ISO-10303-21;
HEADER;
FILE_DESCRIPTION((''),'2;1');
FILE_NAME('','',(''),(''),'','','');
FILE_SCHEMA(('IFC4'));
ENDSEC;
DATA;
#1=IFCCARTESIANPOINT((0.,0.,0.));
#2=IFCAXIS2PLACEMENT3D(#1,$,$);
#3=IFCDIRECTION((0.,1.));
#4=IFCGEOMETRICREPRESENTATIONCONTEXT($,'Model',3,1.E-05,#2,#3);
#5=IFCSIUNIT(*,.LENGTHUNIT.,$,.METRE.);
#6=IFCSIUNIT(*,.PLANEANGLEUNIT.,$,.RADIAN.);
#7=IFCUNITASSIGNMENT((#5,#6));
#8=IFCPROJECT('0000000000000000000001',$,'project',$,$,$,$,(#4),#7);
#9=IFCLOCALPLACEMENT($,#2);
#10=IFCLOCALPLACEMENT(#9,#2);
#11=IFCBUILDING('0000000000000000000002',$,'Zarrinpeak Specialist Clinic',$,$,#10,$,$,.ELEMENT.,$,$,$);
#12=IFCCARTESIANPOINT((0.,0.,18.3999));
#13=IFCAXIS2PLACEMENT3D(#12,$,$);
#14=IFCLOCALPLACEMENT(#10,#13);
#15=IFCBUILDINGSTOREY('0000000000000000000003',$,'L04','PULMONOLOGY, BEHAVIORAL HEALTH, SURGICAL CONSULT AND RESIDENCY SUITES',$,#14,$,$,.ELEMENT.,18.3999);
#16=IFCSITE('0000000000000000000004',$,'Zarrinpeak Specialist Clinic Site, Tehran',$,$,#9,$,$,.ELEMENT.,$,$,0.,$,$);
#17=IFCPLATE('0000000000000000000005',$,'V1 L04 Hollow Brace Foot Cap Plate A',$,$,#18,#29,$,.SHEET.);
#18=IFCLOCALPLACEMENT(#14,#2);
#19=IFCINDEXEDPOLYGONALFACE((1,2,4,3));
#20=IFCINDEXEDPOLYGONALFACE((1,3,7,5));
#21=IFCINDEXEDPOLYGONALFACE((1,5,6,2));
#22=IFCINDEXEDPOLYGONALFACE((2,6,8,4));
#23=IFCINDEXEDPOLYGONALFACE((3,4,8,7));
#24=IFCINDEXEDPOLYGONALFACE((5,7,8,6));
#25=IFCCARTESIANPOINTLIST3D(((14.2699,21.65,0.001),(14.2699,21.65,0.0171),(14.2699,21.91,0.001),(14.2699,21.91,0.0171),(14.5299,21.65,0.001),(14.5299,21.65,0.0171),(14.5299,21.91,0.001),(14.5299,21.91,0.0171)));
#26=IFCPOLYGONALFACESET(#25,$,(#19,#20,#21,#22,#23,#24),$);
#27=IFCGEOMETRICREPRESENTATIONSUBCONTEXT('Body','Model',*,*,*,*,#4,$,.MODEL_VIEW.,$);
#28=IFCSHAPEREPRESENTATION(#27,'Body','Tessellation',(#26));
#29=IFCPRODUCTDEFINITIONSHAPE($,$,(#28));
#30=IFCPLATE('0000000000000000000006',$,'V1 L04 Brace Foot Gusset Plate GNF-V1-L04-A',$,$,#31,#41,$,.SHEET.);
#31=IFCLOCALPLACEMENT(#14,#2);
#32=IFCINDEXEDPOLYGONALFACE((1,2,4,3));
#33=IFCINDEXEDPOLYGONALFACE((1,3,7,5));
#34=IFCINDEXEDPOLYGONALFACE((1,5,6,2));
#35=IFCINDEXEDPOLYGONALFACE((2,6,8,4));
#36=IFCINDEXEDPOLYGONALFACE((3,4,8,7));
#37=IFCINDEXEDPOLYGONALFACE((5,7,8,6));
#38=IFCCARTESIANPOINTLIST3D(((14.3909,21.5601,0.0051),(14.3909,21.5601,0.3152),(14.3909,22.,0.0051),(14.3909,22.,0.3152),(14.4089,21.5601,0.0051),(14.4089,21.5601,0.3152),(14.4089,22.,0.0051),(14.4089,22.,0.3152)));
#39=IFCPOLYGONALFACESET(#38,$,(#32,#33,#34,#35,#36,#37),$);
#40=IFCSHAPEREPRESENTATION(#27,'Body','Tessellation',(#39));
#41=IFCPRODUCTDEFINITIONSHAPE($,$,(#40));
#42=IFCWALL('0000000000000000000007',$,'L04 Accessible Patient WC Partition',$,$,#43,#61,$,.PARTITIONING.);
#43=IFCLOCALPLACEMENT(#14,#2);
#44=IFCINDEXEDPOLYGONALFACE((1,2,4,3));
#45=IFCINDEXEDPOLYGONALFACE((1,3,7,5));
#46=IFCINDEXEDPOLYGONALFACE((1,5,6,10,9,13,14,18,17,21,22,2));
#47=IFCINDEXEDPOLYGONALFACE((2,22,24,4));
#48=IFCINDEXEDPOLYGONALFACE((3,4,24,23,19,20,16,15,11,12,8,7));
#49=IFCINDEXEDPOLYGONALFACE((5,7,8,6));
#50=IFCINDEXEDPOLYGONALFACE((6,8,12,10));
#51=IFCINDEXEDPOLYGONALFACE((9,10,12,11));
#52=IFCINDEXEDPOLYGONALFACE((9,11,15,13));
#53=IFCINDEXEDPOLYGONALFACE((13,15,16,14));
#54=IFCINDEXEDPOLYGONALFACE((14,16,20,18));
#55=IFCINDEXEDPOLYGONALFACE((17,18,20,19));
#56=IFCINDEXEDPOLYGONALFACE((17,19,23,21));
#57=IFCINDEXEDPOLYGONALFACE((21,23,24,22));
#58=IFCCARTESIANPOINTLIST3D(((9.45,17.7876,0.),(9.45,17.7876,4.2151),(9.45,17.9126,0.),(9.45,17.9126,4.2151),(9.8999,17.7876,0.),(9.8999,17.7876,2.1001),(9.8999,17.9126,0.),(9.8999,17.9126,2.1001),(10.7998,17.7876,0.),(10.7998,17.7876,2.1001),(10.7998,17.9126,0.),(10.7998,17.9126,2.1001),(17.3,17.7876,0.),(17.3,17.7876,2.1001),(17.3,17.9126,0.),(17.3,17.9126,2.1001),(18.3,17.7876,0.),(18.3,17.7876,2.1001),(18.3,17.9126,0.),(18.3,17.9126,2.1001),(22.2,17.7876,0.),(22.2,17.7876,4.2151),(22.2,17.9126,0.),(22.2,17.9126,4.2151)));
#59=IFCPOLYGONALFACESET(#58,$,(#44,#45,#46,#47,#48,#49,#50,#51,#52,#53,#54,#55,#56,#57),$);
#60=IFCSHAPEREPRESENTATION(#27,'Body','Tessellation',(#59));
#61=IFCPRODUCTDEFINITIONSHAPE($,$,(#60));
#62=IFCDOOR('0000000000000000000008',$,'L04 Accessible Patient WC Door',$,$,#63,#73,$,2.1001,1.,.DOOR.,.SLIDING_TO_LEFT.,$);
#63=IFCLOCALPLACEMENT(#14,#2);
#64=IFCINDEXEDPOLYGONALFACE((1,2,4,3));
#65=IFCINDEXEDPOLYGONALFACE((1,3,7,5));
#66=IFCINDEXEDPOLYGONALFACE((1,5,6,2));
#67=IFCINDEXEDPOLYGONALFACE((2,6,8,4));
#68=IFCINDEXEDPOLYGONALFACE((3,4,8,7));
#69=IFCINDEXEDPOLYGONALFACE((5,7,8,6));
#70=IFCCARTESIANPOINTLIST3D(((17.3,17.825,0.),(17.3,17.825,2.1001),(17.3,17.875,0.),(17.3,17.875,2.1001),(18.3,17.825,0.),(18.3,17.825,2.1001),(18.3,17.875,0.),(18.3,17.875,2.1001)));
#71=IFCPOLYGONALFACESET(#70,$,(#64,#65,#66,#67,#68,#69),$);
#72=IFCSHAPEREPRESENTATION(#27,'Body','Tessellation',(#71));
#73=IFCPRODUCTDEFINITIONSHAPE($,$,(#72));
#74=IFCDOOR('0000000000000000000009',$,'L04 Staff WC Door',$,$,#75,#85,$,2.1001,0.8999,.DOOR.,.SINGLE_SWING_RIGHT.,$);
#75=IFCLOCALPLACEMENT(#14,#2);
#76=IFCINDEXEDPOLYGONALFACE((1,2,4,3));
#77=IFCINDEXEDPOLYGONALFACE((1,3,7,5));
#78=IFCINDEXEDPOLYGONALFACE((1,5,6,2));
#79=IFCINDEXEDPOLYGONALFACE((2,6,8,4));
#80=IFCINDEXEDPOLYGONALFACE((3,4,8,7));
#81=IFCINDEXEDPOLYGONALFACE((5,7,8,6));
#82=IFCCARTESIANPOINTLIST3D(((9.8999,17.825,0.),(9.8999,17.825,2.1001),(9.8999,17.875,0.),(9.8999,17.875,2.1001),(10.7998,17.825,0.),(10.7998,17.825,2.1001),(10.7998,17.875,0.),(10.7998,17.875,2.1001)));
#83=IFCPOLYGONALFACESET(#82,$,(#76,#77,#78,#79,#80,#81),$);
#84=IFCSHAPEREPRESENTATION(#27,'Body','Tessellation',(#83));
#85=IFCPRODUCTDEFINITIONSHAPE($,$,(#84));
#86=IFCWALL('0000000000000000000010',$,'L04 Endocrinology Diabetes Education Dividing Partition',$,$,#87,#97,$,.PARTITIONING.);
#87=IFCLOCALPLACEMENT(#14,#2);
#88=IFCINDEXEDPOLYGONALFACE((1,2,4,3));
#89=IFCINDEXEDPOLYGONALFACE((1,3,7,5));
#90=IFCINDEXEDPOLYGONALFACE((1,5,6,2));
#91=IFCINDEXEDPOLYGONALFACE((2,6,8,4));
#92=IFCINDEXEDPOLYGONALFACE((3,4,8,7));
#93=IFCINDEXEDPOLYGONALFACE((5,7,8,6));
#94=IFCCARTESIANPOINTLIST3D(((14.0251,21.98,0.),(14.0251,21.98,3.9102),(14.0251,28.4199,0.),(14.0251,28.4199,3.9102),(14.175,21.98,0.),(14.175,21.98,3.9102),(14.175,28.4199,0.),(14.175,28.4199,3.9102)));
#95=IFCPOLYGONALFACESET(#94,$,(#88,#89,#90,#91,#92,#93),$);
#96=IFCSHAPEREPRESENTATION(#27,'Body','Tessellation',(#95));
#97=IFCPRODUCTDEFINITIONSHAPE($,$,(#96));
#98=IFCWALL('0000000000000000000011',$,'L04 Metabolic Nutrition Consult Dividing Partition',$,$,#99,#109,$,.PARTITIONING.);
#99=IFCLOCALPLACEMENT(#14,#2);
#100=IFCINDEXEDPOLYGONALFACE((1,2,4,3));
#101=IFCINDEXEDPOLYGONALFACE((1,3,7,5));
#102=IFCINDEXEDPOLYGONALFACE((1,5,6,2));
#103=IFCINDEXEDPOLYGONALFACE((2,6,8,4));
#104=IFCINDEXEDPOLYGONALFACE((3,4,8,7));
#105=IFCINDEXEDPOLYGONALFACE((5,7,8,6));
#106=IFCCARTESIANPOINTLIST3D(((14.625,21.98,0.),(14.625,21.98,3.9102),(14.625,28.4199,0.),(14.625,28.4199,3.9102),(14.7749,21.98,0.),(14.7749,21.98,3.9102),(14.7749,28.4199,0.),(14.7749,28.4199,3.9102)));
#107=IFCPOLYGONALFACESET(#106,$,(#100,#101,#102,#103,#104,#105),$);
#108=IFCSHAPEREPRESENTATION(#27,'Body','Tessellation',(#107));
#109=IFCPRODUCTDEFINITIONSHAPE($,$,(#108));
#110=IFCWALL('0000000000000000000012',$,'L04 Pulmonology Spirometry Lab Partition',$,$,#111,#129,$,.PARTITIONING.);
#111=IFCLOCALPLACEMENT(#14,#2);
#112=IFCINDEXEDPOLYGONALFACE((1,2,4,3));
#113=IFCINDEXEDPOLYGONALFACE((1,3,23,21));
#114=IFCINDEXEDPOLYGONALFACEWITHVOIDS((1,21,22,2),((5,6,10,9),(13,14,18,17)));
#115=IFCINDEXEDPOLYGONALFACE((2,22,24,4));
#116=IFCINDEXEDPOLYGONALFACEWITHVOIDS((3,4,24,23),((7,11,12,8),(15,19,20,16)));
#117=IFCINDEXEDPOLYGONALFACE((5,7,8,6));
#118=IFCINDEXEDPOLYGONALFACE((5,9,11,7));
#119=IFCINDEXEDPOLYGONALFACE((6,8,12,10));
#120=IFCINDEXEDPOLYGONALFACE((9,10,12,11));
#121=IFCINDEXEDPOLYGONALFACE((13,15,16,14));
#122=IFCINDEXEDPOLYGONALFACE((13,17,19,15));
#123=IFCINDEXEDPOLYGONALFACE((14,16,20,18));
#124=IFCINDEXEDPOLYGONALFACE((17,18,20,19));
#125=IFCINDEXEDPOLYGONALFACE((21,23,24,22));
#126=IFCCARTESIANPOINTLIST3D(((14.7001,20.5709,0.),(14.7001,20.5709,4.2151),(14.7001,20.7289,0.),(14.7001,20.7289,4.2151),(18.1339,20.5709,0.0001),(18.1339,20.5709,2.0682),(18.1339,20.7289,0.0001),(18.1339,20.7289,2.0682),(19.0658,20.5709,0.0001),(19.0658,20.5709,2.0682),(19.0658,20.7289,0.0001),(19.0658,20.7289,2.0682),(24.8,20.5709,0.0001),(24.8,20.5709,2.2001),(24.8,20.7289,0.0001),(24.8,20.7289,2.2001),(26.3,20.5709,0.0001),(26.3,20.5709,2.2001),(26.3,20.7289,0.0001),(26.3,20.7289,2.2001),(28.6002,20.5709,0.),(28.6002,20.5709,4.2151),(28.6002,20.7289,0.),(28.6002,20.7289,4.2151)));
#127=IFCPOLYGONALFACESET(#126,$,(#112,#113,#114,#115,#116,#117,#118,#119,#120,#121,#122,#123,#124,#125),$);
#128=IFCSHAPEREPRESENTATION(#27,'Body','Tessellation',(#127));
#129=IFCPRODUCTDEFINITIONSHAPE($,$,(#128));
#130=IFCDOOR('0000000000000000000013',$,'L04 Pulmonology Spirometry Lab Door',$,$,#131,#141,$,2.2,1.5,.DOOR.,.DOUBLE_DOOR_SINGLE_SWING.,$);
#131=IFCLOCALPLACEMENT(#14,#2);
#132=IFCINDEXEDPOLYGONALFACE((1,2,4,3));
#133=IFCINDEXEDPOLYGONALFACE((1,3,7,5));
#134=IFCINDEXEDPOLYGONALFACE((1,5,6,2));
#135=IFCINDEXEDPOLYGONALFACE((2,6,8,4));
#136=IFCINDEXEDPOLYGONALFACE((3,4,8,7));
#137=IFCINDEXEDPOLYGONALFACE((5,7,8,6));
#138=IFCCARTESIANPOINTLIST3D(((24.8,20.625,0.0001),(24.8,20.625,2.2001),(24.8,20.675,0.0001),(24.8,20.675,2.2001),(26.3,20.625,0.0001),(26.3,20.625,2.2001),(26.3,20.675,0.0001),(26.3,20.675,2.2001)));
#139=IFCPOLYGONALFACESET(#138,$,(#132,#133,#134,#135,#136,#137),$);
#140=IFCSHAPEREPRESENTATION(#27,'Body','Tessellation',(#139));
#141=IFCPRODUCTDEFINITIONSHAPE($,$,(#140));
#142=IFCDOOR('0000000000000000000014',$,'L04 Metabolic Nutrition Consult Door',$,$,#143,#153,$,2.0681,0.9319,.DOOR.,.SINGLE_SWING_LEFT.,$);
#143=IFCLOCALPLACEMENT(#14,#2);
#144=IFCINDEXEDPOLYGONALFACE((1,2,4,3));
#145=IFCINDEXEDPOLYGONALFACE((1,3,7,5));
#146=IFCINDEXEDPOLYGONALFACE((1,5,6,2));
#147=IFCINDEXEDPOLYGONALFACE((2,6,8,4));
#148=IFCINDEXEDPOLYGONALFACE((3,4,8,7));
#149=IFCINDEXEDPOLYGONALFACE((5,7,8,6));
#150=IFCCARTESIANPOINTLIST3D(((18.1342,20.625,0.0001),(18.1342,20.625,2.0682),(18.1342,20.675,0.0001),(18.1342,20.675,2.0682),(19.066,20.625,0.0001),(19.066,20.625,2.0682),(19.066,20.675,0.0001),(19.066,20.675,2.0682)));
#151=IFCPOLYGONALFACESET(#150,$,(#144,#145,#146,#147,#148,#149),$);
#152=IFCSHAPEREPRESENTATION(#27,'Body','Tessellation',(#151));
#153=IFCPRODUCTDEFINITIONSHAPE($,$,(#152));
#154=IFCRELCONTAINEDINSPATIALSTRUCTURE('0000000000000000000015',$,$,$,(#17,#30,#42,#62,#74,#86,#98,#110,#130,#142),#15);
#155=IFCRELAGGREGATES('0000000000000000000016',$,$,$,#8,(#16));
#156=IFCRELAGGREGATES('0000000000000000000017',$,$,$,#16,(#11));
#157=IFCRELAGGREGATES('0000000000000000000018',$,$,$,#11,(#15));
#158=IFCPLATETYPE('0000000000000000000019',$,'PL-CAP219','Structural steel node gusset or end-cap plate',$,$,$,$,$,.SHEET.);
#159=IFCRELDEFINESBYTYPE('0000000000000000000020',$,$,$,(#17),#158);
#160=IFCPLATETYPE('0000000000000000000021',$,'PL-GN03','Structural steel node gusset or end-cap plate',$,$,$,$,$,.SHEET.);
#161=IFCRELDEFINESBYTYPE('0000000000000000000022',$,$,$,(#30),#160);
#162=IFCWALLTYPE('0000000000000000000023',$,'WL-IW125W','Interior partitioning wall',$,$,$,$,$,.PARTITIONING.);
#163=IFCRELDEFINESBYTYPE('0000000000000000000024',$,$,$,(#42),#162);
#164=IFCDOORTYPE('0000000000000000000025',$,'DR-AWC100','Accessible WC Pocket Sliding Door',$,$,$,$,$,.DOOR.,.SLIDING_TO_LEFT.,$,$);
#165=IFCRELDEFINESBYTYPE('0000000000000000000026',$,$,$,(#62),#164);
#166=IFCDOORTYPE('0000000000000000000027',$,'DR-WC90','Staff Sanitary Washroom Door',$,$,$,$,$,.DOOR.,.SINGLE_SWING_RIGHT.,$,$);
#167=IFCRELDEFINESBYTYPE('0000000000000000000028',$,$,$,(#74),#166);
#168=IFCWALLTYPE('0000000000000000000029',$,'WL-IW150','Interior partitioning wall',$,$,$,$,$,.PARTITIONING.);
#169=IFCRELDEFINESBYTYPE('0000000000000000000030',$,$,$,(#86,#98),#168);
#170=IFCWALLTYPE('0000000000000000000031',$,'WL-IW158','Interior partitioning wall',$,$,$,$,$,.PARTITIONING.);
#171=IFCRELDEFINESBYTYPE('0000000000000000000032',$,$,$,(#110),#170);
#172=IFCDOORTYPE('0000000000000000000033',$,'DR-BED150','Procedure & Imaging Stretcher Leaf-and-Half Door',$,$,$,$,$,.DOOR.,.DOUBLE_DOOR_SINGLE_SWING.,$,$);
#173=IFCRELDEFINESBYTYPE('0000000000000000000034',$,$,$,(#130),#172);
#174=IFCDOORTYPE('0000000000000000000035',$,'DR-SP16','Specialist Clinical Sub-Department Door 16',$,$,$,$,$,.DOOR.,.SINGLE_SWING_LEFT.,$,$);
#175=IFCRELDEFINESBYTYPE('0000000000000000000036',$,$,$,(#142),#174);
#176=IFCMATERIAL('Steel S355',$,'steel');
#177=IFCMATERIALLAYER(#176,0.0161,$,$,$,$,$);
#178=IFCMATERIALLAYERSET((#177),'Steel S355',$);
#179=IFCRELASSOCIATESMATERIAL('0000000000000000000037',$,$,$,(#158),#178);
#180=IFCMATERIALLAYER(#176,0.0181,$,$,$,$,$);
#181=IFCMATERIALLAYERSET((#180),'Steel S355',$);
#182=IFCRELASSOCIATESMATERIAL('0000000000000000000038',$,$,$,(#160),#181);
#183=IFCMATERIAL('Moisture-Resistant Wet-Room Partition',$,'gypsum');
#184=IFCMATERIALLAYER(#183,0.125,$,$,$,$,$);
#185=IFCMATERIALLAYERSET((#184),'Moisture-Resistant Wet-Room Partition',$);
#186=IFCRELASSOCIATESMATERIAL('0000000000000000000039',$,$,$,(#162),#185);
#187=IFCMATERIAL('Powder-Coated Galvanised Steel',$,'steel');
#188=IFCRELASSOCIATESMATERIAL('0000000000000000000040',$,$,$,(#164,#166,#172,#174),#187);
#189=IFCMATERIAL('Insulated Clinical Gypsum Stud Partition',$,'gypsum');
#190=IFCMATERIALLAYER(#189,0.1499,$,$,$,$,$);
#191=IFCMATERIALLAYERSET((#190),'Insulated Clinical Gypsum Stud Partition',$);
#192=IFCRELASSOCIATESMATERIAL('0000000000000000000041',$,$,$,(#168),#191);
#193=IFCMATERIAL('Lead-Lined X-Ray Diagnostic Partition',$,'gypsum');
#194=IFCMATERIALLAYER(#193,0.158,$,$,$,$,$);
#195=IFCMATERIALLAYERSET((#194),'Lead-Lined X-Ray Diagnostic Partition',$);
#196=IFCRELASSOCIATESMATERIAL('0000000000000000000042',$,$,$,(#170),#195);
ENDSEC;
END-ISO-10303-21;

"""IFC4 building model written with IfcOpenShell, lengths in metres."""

from ifc_helpers import new_model, si_unit, direction, frame, frame_2d, origin, origin_2d, place, context, subcontext, project, spatial, rectangle, extrude, material, layer, layer_set, type_object, element, fill, save


model = new_model("IFC4")

# Units and contexts
model_context = context("Model", 3, precision=1e-05, world=origin(), true_north=direction((0.0, 1.0)))
body_context = subcontext(model_context, "Body", "Model", "MODEL_VIEW")
ifc_project = project(units=[si_unit("LENGTHUNIT", "METRE"), si_unit("PLANEANGLEUNIT", "RADIAN")], contexts=[model_context])

# Site, building, storey
site_placement = place(None, origin())
site = spatial("IfcSite", under=ifc_project, at=site_placement, Name="Zarrinpeak Specialist Clinic Site, Tehran", CompositionType="ELEMENT", RefElevation=0.0)
building_placement = place(site_placement, origin())
building = spatial("IfcBuilding", under=site, at=building_placement, Name="Zarrinpeak Specialist Clinic", CompositionType="ELEMENT")
storey_placement = place(building_placement, frame((0.0, 0.0, 18.3999)))
storey = spatial("IfcBuildingStorey", under=building, at=storey_placement, Name="L04", Description="PULMONOLOGY, BEHAVIORAL HEALTH, SURGICAL CONSULT AND RESIDENCY SUITES", CompositionType="ELEMENT", Elevation=18.3999)

# Shared definitions
ifc_material_1 = material(Name="Steel S355", Category="steel")

# Plates
ifc_layer_1 = layer(ifc_material_1, 0.0161)
ifc_layer_set_1 = layer_set([ifc_layer_1], Name="Steel S355")
plate_type_1 = type_object("IfcPlateType", Name="PL-CAP219", Description="Structural steel node gusset or end-cap plate", PredefinedType="SHEET", material=ifc_layer_set_1)
plate_1_placement = place(storey_placement, frame((14.3999, 21.78, 0.001), z_axis=(0.0, 0.0, 1.0), x_axis=(1.0, 0.0, 0.0)))
element("IfcPlate", 1, at=plate_1_placement, inside=storey, type_object=plate_type_1, Name="V1 L04 Hollow Brace Foot Cap Plate A", PredefinedType="SHEET", context=body_context, shape_type="SweptSolid", body=[
    extrude(rectangle(XDim=0.26, YDim=0.26, at=origin_2d()), origin(), (0.0, 0.0, 1.0), 0.0161),
])
ifc_layer_2 = layer(ifc_material_1, 0.0181)
ifc_layer_set_2 = layer_set([ifc_layer_2], Name="Steel S355")
plate_type_2 = type_object("IfcPlateType", Name="PL-GN03", Description="Structural steel node gusset or end-cap plate", PredefinedType="SHEET", material=ifc_layer_set_2)
plate_2_placement = place(storey_placement, frame((14.3999, 21.78, 0.0051), z_axis=(0.0, 0.0, 1.0), x_axis=(1.0, 0.0, 0.0)))
element("IfcPlate", 2, at=plate_2_placement, inside=storey, type_object=plate_type_2, Name="V1 L04 Brace Foot Gusset Plate GNF-V1-L04-A", PredefinedType="SHEET", context=body_context, shape_type="SweptSolid", body=[
    extrude(rectangle(XDim=0.0181, YDim=0.4399, at=origin_2d()), origin(), (0.0, 0.0, 1.0), 0.3101),
])

# Wall, openings, doors
ifc_material_2 = material(Name="Moisture-Resistant Wet-Room Partition", Category="gypsum")
ifc_layer_3 = layer(ifc_material_2, 0.125)
ifc_layer_set_3 = layer_set([ifc_layer_3], Name="Moisture-Resistant Wet-Room Partition")
wall_type_1 = type_object("IfcWallType", Name="WL-IW125W", Description="Interior partitioning wall", PredefinedType="PARTITIONING", material=ifc_layer_set_3)
wall_1_placement = place(storey_placement, frame((9.45, 17.8501, 0.0), z_axis=(0.0, 0.0, 1.0), x_axis=(1.0, 0.0, 0.0)))
wall_1 = element("IfcWall", 3, at=wall_1_placement, inside=storey, type_object=wall_type_1, Name="L04 Accessible Patient WC Partition", PredefinedType="PARTITIONING", context=body_context, shape_type="SweptSolid", body=[
    extrude(rectangle(XDim=12.75, YDim=0.125, at=frame_2d((6.375, 0.0))), origin(), (0.0, 0.0, 1.0), 4.2151),
])
opening_1_placement = place(wall_1_placement, frame((7.8501, 0.0, 0.0)))
opening_1 = element("IfcOpeningElement", 4, at=opening_1_placement, cuts=wall_1, PredefinedType="OPENING", context=body_context, shape_type="SweptSolid", body=[
    extrude(rectangle(XDim=1.0, YDim=2.1001, at=frame_2d((0.5, 1.05))), frame((0.0, 0.0725, 0.0), z_axis=(0.0, -1.0, 0.0), x_axis=(1.0, 0.0, 0.0)), (0.0, 0.0, 1.0), 0.145),
])
opening_2_placement = place(wall_1_placement, frame((0.45, 0.0, 0.0)))
opening_2 = element("IfcOpeningElement", 5, at=opening_2_placement, cuts=wall_1, PredefinedType="OPENING", context=body_context, shape_type="SweptSolid", body=[
    extrude(rectangle(XDim=0.8999, YDim=2.1001, at=frame_2d((0.45, 1.05))), frame((0.0, 0.0725, 0.0), z_axis=(0.0, -1.0, 0.0), x_axis=(1.0, 0.0, 0.0)), (0.0, 0.0, 1.0), 0.145),
])
ifc_material_3 = material(Name="Powder-Coated Galvanised Steel", Category="steel")
door_type_1 = type_object("IfcDoorType", Name="DR-AWC100", Description="Accessible WC Pocket Sliding Door", OperationType="SLIDING_TO_LEFT", PredefinedType="DOOR", material=ifc_material_3)
door_1_placement = place(opening_1_placement, origin())
door_1 = element("IfcDoor", 6, at=door_1_placement, inside=storey, type_object=door_type_1, Name="L04 Accessible Patient WC Door", OperationType="SLIDING_TO_LEFT", OverallHeight=2.1001, OverallWidth=1.0, PredefinedType="DOOR", context=body_context, shape_type="SweptSolid", body=[
    extrude(rectangle(XDim=1.0, YDim=2.1001, at=frame_2d((0.5, 1.05))), frame((0.0, 0.0249, 0.0), z_axis=(0.0, -1.0, 0.0), x_axis=(1.0, 0.0, 0.0)), (0.0, 0.0, 1.0), 0.05),
])
fill(opening_1, door_1)
door_type_2 = type_object("IfcDoorType", Name="DR-WC90", Description="Staff Sanitary Washroom Door", OperationType="SINGLE_SWING_RIGHT", PredefinedType="DOOR", material=ifc_material_3)
door_2_placement = place(opening_2_placement, origin())
door_2 = element("IfcDoor", 7, at=door_2_placement, inside=storey, type_object=door_type_2, Name="L04 Staff WC Door", OperationType="SINGLE_SWING_RIGHT", OverallHeight=2.1001, OverallWidth=0.8999, PredefinedType="DOOR", context=body_context, shape_type="SweptSolid", body=[
    extrude(rectangle(XDim=0.8999, YDim=2.1001, at=frame_2d((0.45, 1.05))), frame((0.0, 0.0249, 0.0), z_axis=(0.0, -1.0, 0.0), x_axis=(1.0, 0.0, 0.0)), (0.0, 0.0, 1.0), 0.05),
])
fill(opening_2, door_2)

# Walls
ifc_material_4 = material(Name="Insulated Clinical Gypsum Stud Partition", Category="gypsum")
ifc_layer_4 = layer(ifc_material_4, 0.1499)
ifc_layer_set_4 = layer_set([ifc_layer_4], Name="Insulated Clinical Gypsum Stud Partition")
wall_type_2 = type_object("IfcWallType", Name="WL-IW150", Description="Interior partitioning wall", PredefinedType="PARTITIONING", material=ifc_layer_set_4)
for number, where, z_axis, x_axis, name in (
    (8, (14.1001, 21.98, 0.0), (0.0, 0.0, 1.0), (0.0, 1.0, 0.0), "L04 Endocrinology Diabetes Education Dividing Partition"),
    (9, (14.7, 21.98, 0.0), (0.0, 0.0, 1.0), (0.0, 1.0, 0.0), "L04 Metabolic Nutrition Consult Dividing Partition"),
):
    element("IfcWall", number, at=place(storey_placement, frame(where, z_axis=z_axis, x_axis=x_axis)), inside=storey, type_object=wall_type_2, Name=name, PredefinedType="PARTITIONING", context=body_context, shape_type="SweptSolid", body=[
        extrude(rectangle(XDim=6.4399, YDim=0.1499, at=frame_2d((3.22, 0.0))), origin(), (0.0, 0.0, 1.0), 3.9102),
    ])

# Wall, openings, doors
ifc_material_5 = material(Name="Lead-Lined X-Ray Diagnostic Partition", Category="gypsum")
ifc_layer_5 = layer(ifc_material_5, 0.158)
ifc_layer_set_5 = layer_set([ifc_layer_5], Name="Lead-Lined X-Ray Diagnostic Partition")
wall_type_3 = type_object("IfcWallType", Name="WL-IW158", Description="Interior partitioning wall", PredefinedType="PARTITIONING", material=ifc_layer_set_5)
wall_2_placement = place(storey_placement, frame((14.7, 20.6499, 0.0), z_axis=(0.0, 0.0, 1.0), x_axis=(1.0, 0.0, 0.0)))
wall_2 = element("IfcWall", 10, at=wall_2_placement, inside=storey, type_object=wall_type_3, Name="L04 Pulmonology Spirometry Lab Partition", PredefinedType="PARTITIONING", context=body_context, shape_type="SweptSolid", body=[
    extrude(rectangle(XDim=13.9001, YDim=0.158, at=frame_2d((6.9502, 0.0))), origin(), (0.0, 0.0, 1.0), 4.2151),
])
opening_3_placement = place(wall_2_placement, frame((10.1001, 0.0, 0.0)))
opening_3 = element("IfcOpeningElement", 11, at=opening_3_placement, cuts=wall_2, PredefinedType="OPENING", context=body_context, shape_type="SweptSolid", body=[
    extrude(rectangle(XDim=1.5, YDim=2.2, at=frame_2d((0.75, 1.1001))), frame((0.0, 0.0889, 0.0), z_axis=(0.0, -1.0, 0.0), x_axis=(1.0, 0.0, 0.0)), (0.0, 0.0, 1.0), 0.178),
])
opening_4_placement = place(wall_2_placement, frame((3.4341, 0.0, 0.0)))
opening_4 = element("IfcOpeningElement", 12, at=opening_4_placement, cuts=wall_2, PredefinedType="OPENING", context=body_context, shape_type="SweptSolid", body=[
    extrude(rectangle(XDim=0.9319, YDim=2.0681, at=frame_2d((0.4658, 1.0342))), frame((0.0, 0.0889, 0.0), z_axis=(0.0, -1.0, 0.0), x_axis=(1.0, 0.0, 0.0)), (0.0, 0.0, 1.0), 0.178),
])
door_type_3 = type_object("IfcDoorType", Name="DR-BED150", Description="Procedure & Imaging Stretcher Leaf-and-Half Door", OperationType="DOUBLE_DOOR_SINGLE_SWING", PredefinedType="DOOR", material=ifc_material_3)
door_3_placement = place(opening_3_placement, frame((1.5, 0.0, 0.0), z_axis=(0.0, 0.0, 1.0), x_axis=(-1.0, 0.0, 0.0)))
door_3 = element("IfcDoor", 13, at=door_3_placement, inside=storey, type_object=door_type_3, Name="L04 Pulmonology Spirometry Lab Door", OperationType="DOUBLE_DOOR_SINGLE_SWING", OverallHeight=2.2, OverallWidth=1.5, PredefinedType="DOOR", context=body_context, shape_type="SweptSolid", body=[
    extrude(rectangle(XDim=1.5, YDim=2.2, at=frame_2d((0.75, 1.1001))), frame((0.0, 0.0249, 0.0), z_axis=(0.0, -1.0, 0.0), x_axis=(1.0, 0.0, 0.0)), (0.0, 0.0, 1.0), 0.05),
])
fill(opening_3, door_3)
door_type_4 = type_object("IfcDoorType", Name="DR-SP16", Description="Specialist Clinical Sub-Department Door 16", OperationType="SINGLE_SWING_LEFT", PredefinedType="DOOR", material=ifc_material_3)
door_4_placement = place(opening_4_placement, frame((0.9319, 0.0, 0.0), z_axis=(0.0, 0.0, 1.0), x_axis=(-1.0, 0.0, 0.0)))
door_4 = element("IfcDoor", 14, at=door_4_placement, inside=storey, type_object=door_type_4, Name="L04 Metabolic Nutrition Consult Door", OperationType="SINGLE_SWING_LEFT", OverallHeight=2.0681, OverallWidth=0.9319, PredefinedType="DOOR", context=body_context, shape_type="SweptSolid", body=[
    extrude(rectangle(XDim=0.9319, YDim=2.0681, at=frame_2d((0.4658, 1.0342))), frame((0.0, 0.0249, 0.0), z_axis=(0.0, -1.0, 0.0), x_axis=(1.0, 0.0, 0.0)), (0.0, 0.0, 1.0), 0.05),
])
fill(opening_4, door_4)

save(model, "model.ifc")
